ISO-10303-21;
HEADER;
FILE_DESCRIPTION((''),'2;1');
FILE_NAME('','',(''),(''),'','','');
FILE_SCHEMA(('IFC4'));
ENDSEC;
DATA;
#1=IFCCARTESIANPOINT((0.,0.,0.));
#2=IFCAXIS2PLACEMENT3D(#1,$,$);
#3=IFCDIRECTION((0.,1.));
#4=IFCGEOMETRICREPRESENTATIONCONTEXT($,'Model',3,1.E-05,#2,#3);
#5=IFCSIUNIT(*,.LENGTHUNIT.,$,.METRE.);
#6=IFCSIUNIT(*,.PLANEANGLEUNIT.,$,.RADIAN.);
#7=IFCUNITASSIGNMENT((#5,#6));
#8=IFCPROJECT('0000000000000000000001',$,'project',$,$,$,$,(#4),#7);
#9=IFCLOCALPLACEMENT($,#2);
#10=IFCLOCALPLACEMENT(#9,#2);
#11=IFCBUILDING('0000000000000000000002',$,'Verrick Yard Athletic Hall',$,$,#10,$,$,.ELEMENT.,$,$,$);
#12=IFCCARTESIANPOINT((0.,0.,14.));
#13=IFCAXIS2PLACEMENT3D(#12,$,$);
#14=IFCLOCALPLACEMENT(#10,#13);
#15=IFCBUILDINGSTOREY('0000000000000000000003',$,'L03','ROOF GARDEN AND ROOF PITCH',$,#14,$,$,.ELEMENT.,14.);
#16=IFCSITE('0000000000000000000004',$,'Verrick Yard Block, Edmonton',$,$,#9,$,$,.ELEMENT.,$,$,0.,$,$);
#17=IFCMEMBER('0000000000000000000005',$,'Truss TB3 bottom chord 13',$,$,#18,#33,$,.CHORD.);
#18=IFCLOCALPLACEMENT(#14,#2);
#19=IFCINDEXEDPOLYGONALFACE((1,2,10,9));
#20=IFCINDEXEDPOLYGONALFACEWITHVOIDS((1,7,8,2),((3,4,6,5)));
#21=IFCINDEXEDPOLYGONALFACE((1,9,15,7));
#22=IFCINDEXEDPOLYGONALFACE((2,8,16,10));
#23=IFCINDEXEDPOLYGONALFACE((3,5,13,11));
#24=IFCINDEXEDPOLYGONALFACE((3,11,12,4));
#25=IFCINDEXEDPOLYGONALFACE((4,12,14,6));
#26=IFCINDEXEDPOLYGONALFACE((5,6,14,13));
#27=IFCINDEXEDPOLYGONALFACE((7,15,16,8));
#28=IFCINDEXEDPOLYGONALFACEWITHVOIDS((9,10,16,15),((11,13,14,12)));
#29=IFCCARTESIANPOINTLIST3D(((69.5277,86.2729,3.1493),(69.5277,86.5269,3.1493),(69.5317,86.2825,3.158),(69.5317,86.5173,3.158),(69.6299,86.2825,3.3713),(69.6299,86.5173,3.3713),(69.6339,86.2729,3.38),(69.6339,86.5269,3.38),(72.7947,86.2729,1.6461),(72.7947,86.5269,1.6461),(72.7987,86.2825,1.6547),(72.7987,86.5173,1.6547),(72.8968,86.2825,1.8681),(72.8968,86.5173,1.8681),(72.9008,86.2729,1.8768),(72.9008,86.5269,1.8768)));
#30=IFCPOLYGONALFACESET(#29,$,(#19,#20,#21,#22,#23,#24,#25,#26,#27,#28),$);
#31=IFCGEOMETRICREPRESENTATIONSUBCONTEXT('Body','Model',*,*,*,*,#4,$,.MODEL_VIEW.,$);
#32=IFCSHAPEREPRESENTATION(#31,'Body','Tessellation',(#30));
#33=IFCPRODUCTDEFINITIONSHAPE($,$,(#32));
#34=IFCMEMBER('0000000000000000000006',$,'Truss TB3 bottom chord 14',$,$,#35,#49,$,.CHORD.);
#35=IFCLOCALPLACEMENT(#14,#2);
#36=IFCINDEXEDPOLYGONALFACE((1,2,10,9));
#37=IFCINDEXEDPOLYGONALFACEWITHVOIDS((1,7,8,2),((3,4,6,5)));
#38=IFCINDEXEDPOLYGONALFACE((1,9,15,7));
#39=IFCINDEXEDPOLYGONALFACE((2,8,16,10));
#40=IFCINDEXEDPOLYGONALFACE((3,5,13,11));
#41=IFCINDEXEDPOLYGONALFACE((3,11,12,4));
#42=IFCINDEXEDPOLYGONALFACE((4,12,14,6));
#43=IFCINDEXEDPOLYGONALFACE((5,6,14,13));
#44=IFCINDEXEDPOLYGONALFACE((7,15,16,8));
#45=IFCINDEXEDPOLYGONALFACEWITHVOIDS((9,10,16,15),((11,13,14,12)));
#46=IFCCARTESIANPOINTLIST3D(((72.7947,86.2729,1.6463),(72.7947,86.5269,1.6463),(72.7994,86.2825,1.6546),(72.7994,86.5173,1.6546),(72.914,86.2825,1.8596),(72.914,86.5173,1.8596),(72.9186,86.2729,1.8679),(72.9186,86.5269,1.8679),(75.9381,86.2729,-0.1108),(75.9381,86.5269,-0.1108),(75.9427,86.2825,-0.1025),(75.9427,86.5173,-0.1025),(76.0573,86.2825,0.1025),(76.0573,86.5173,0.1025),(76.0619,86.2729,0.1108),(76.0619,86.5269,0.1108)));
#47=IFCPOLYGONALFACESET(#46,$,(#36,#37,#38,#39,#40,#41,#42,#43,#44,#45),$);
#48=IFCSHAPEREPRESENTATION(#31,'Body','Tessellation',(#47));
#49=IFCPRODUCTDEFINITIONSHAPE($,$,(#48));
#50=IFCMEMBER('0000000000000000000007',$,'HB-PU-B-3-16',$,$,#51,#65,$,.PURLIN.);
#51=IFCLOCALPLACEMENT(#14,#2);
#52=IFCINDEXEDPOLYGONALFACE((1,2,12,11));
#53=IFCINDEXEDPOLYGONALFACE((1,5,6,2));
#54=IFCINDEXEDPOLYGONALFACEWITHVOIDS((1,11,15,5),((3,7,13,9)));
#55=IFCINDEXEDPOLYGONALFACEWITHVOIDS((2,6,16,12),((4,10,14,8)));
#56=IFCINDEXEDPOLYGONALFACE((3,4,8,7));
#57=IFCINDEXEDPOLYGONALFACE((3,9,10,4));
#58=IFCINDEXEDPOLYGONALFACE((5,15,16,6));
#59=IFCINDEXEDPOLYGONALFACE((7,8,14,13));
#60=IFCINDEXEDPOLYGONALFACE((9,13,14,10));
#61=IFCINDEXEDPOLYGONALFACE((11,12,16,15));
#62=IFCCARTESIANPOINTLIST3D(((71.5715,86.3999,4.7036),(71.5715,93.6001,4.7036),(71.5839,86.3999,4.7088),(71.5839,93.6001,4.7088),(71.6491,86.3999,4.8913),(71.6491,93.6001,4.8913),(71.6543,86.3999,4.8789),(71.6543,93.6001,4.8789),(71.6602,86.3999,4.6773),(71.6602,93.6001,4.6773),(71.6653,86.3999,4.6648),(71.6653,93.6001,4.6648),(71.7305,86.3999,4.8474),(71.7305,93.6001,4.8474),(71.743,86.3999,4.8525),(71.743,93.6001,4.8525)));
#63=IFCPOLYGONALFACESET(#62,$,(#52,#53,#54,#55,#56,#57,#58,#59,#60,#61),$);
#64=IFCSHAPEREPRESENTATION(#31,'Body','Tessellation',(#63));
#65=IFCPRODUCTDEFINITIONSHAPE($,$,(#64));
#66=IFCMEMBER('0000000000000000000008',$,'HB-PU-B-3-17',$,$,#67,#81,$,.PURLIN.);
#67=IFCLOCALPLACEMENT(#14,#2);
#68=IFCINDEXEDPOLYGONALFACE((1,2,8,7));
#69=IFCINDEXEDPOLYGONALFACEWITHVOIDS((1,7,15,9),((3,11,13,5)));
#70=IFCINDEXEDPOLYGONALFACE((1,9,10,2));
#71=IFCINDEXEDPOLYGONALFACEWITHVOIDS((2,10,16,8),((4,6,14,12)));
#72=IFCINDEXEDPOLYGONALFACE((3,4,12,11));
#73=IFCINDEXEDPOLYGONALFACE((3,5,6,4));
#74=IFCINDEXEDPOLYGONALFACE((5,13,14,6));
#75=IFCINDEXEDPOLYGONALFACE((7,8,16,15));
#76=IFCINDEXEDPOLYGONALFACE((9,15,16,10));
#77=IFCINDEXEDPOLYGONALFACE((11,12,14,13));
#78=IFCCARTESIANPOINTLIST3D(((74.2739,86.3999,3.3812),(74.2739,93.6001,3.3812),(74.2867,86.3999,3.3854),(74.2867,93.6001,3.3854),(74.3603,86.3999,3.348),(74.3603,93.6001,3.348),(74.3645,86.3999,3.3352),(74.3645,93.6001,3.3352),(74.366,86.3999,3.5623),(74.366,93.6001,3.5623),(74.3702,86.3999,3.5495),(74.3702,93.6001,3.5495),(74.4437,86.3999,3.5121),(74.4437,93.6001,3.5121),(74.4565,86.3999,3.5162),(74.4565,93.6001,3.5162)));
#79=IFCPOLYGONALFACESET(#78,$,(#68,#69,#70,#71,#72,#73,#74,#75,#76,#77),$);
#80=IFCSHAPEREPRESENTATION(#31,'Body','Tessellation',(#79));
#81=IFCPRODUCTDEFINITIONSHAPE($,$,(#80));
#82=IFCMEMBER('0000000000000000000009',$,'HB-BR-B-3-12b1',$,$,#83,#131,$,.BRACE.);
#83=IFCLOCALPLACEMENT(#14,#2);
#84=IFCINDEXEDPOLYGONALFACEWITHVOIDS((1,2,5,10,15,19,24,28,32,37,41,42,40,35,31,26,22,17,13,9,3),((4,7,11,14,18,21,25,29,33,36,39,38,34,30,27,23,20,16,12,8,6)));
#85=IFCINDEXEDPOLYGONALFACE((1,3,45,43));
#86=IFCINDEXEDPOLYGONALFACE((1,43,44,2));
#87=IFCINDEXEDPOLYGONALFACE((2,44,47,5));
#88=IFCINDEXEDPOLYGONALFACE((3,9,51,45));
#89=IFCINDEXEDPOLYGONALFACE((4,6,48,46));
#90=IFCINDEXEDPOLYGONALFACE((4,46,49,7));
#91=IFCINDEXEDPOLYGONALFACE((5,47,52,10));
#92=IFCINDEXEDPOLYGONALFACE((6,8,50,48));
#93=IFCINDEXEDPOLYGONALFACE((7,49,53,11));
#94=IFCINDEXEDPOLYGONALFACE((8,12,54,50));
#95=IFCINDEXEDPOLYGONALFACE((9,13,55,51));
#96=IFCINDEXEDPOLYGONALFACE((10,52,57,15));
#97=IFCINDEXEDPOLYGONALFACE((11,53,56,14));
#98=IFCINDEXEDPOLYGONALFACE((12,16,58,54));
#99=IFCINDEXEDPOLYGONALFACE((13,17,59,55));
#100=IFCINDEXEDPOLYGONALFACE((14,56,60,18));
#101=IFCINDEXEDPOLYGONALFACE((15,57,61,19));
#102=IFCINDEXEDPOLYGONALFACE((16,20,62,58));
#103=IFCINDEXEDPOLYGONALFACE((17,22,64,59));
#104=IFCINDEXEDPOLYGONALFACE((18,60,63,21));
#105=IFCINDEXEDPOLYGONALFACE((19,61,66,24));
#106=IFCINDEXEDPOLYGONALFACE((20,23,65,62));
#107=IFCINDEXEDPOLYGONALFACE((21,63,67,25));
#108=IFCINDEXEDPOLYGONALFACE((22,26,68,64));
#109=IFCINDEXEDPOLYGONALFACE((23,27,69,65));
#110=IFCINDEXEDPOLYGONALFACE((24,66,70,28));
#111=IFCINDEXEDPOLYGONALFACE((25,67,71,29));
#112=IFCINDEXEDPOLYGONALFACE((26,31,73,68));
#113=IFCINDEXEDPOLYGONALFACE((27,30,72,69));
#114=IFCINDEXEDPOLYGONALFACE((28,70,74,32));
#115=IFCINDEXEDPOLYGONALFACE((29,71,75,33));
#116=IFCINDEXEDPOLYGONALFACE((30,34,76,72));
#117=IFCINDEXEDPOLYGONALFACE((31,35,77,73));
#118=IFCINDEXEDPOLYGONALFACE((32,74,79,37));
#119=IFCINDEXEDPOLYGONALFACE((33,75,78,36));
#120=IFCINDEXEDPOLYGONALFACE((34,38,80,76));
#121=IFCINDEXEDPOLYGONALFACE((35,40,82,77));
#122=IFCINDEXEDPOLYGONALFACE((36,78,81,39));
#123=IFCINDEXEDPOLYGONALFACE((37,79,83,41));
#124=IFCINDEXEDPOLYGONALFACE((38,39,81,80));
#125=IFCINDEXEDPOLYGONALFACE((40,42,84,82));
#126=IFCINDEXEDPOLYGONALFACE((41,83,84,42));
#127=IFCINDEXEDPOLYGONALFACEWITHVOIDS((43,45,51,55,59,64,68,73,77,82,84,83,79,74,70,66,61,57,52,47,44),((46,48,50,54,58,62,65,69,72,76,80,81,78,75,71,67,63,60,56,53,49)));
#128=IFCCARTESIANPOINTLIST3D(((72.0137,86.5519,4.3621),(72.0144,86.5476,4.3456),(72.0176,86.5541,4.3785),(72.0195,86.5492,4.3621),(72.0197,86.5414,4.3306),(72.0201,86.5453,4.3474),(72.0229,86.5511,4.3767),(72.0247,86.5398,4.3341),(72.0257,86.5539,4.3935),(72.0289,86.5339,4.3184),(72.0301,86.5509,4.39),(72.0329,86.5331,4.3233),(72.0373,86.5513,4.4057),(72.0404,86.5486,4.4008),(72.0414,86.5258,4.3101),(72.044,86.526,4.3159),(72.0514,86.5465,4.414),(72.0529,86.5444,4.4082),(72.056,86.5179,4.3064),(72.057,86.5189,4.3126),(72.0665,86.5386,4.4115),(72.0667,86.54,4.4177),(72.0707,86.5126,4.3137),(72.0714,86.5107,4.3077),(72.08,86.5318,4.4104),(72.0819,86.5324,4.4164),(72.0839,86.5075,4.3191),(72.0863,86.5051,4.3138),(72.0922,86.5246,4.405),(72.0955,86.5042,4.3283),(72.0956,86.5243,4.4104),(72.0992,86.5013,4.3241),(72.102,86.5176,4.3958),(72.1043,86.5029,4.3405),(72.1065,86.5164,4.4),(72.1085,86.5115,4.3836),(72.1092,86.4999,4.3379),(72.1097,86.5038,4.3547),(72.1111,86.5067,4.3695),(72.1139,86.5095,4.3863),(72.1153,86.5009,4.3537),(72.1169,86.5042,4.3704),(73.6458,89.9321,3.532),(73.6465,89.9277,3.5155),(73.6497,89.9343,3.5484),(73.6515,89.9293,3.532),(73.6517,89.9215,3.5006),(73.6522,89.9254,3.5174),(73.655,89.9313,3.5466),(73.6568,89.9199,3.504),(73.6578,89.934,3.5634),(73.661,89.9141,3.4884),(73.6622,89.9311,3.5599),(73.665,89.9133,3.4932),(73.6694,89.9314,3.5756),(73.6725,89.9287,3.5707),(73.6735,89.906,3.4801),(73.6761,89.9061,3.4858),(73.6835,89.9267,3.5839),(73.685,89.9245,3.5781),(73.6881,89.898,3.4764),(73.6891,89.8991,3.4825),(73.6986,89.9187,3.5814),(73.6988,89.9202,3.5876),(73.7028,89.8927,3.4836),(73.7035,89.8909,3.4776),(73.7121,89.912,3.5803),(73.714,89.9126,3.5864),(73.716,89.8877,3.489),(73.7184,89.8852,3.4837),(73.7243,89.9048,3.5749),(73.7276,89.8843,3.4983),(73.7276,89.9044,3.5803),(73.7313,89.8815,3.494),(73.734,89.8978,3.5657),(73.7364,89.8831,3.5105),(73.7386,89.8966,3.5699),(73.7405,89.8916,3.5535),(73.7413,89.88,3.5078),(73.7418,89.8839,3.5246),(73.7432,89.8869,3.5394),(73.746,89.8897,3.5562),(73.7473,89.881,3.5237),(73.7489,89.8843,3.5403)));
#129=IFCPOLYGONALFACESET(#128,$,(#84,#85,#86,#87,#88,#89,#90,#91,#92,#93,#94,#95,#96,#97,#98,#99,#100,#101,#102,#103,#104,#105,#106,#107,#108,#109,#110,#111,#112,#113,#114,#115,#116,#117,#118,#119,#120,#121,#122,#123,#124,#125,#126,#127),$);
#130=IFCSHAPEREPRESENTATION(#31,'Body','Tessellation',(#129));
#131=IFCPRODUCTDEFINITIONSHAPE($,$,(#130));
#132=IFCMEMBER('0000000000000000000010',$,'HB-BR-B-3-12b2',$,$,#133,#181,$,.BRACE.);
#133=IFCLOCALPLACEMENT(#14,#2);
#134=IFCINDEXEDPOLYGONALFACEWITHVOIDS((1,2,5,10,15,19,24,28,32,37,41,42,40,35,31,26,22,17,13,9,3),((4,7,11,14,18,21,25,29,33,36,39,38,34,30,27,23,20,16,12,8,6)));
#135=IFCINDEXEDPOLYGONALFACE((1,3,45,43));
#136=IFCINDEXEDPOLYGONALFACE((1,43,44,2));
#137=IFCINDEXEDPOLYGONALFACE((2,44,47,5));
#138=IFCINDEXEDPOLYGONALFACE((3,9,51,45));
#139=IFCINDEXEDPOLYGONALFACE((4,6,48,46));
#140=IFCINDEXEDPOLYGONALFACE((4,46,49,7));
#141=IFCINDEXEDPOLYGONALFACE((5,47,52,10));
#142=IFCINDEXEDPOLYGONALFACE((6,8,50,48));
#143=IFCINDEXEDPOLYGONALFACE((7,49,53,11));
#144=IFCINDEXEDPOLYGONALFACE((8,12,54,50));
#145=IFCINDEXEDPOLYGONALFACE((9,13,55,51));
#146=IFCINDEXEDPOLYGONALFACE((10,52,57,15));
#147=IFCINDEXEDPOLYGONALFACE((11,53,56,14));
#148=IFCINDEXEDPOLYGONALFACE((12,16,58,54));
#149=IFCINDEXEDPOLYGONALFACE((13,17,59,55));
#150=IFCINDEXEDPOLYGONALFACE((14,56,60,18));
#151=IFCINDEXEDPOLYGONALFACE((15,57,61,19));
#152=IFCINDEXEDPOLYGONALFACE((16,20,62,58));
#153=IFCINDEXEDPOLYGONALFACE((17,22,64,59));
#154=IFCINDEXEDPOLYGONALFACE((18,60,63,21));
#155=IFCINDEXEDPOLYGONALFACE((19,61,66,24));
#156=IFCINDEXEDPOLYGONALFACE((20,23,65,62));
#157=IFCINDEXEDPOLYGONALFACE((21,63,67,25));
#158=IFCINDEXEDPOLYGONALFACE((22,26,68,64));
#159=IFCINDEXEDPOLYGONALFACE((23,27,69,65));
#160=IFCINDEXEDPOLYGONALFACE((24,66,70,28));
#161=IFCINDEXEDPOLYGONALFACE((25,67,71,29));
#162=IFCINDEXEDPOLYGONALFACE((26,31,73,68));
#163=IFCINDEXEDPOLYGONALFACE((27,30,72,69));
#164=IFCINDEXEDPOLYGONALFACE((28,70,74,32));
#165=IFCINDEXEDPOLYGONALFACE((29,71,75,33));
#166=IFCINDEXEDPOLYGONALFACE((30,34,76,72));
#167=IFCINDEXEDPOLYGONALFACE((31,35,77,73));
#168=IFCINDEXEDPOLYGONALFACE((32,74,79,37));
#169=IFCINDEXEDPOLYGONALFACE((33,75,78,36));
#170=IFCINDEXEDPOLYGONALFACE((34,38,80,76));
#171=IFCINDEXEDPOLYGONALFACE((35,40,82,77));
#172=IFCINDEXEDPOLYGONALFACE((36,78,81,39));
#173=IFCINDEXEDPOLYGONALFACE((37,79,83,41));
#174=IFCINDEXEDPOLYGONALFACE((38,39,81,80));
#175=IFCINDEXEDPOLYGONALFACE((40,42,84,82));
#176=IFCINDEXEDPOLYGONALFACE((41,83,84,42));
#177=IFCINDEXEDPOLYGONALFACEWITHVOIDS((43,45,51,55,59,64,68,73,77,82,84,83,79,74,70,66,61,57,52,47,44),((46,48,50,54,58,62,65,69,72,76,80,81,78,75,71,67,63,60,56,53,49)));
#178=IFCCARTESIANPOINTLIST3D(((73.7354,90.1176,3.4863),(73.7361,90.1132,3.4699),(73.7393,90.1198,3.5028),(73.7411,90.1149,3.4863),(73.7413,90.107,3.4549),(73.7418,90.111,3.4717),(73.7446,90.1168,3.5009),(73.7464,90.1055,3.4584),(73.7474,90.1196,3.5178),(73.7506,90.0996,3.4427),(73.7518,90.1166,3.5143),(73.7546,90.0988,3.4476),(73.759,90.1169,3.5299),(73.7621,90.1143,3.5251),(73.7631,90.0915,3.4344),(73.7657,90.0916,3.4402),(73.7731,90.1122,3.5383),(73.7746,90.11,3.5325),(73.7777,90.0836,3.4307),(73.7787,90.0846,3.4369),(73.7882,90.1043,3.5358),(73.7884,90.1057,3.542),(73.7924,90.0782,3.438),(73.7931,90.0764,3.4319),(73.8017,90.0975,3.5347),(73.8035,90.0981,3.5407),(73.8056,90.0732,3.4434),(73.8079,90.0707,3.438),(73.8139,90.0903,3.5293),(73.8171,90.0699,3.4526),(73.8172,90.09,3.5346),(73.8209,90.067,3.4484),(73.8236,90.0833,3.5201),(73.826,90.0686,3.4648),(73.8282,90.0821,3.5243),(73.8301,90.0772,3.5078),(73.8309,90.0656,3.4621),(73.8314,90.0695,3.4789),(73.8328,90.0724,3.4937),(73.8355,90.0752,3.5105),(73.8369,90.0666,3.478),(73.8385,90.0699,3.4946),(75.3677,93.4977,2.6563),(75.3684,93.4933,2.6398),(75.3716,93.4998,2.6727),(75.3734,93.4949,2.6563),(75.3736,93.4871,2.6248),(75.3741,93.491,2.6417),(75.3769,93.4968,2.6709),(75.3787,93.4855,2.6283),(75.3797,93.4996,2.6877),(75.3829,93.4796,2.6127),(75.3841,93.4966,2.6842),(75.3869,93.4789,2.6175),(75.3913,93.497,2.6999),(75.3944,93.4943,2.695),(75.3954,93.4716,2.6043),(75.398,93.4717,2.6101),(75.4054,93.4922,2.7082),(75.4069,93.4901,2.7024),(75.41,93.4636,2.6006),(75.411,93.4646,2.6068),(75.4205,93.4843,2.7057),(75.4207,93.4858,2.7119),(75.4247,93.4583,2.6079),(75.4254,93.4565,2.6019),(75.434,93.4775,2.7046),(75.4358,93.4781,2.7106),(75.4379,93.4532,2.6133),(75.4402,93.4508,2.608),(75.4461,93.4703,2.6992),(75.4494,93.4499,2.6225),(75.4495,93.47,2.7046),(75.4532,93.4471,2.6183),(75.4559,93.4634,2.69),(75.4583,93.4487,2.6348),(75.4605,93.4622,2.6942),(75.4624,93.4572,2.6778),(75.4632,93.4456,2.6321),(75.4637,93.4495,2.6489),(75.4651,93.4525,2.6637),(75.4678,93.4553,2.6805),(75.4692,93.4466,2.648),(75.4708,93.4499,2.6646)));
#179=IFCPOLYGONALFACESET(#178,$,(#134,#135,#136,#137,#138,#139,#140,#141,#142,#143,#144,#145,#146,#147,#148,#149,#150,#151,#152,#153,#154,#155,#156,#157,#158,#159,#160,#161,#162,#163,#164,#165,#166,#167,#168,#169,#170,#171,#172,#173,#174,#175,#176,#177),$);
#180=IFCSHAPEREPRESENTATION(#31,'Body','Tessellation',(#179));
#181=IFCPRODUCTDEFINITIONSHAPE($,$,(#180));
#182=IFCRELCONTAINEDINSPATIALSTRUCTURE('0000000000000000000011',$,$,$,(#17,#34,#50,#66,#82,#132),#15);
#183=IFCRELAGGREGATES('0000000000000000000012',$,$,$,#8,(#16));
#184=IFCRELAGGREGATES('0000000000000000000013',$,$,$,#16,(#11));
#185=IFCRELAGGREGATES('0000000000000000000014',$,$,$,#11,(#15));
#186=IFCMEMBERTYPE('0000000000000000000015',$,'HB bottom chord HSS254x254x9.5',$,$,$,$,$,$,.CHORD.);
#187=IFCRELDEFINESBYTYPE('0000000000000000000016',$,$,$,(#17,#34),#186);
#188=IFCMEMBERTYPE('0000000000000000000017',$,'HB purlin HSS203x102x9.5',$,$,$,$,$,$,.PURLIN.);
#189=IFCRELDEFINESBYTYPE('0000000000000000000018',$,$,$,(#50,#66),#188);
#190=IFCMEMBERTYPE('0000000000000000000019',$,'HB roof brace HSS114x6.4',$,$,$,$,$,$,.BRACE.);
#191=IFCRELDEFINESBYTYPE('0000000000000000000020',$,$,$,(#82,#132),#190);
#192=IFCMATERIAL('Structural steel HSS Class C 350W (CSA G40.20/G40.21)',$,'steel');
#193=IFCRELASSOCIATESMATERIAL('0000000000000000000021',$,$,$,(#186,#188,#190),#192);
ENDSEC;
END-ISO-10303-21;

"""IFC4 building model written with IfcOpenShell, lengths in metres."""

from ifc_helpers import new_model, si_unit, direction, frame, origin, origin_2d, place, context, subcontext, project, spatial, hollow_rectangle, hollow_circle, extrude, material, material_profile, profile_set, type_object, element, save


model = new_model("IFC4")

# Units and contexts
model_context = context("Model", 3, precision=1e-05, world=origin(), true_north=direction((0.0, 1.0)))
body_context = subcontext(model_context, "Body", "Model", "MODEL_VIEW")
ifc_project = project(units=[si_unit("LENGTHUNIT", "METRE"), si_unit("PLANEANGLEUNIT", "RADIAN")], contexts=[model_context])

# Site, building, storey
site_placement = place(None, origin())
site = spatial("IfcSite", under=ifc_project, at=site_placement, Name="Verrick Yard Block, Edmonton", CompositionType="ELEMENT", RefElevation=0.0)
building_placement = place(site_placement, origin())
building = spatial("IfcBuilding", under=site, at=building_placement, Name="Verrick Yard Athletic Hall", CompositionType="ELEMENT")
storey_placement = place(building_placement, frame((0.0, 0.0, 14.0)))
storey = spatial("IfcBuildingStorey", under=building, at=storey_placement, Name="L03", Description="ROOF GARDEN AND ROOF PITCH", CompositionType="ELEMENT", Elevation=14.0)

# Members
ifc_material_1 = material(Name="Structural steel HSS Class C 350W (CSA G40.20/G40.21)", Category="steel")
ifc_material_profile_1 = material_profile(ifc_material_1, hollow_rectangle(XDim=0.2539, YDim=0.2539, WallThickness=0.0095, at=origin_2d()), Name="HSS254x254x9.5")
ifc_profile_set_1 = profile_set([ifc_material_profile_1], Name="Structural steel HSS Class C 350W (CSA G40.20/G40.21)")
member_type_1 = type_object("IfcMemberType", Name="HB bottom chord HSS254x254x9.5", PredefinedType="CHORD", material=ifc_profile_set_1)
member_1_placement = place(storey_placement, frame((69.5808, 86.3999, 3.2646), z_axis=(0.908446, 0.0, -0.418003), x_axis=(0.0, 1.0, 0.0)))
element("IfcMember", 1, at=member_1_placement, inside=storey, type_object=member_type_1, Name="Truss TB3 bottom chord 13", PredefinedType="CHORD", context=body_context, shape_type="SweptSolid", body=[
    extrude(hollow_rectangle(XDim=0.2539, YDim=0.2539, WallThickness=0.0095, at=origin_2d()), origin(), (0.0, 0.0, 1.0), 3.5962),
])
member_2_placement = place(storey_placement, frame((72.8567, 86.3999, 1.7571), z_axis=(0.872881, 0.0, -0.487932), x_axis=(0.0, 1.0, 0.0)))
element("IfcMember", 2, at=member_2_placement, inside=storey, type_object=member_type_1, Name="Truss TB3 bottom chord 14", PredefinedType="CHORD", context=body_context, shape_type="SweptSolid", body=[
    extrude(hollow_rectangle(XDim=0.2539, YDim=0.2539, WallThickness=0.0095, at=origin_2d()), origin(), (0.0, 0.0, 1.0), 3.6011),
])
ifc_material_profile_2 = material_profile(ifc_material_1, hollow_rectangle(XDim=0.1016, YDim=0.2031, WallThickness=0.0095, at=origin_2d()), Name="HSS203x102x9.5")
ifc_profile_set_2 = profile_set([ifc_material_profile_2], Name="Structural steel HSS Class C 350W (CSA G40.20/G40.21)")
member_type_2 = type_object("IfcMemberType", Name="HB purlin HSS203x102x9.5", PredefinedType="PURLIN", material=ifc_profile_set_2)
for number, where, z_axis, x_axis, name in (
    (3, (71.6572, 86.3999, 4.7781), (0.0, 1.0, 0.0), (-0.924123, 0.0, 0.382096), "HB-PU-B-3-16"),
    (4, (74.3652, 86.3999, 3.4487), (0.0, 1.0, 0.0), (-0.891353, 0.0, 0.45331), "HB-PU-B-3-17"),
):
    element("IfcMember", number, at=place(storey_placement, frame(where, z_axis=z_axis, x_axis=x_axis)), inside=storey, type_object=member_type_2, Name=name, PredefinedType="PURLIN", context=body_context, shape_type="SweptSolid", body=[
        extrude(hollow_rectangle(XDim=0.1016, YDim=0.2031, WallThickness=0.0095, at=origin_2d()), origin(), (0.0, 0.0, 1.0), 7.2002),
    ])
ifc_material_profile_3 = material_profile(ifc_material_1, hollow_circle(Radius=0.0571, WallThickness=0.0063, at=origin_2d()), Name="HSS114x6.4")
ifc_profile_set_3 = profile_set([ifc_material_profile_3], Name="Structural steel HSS Class C 350W (CSA G40.20/G40.21)")
member_type_3 = type_object("IfcMemberType", Name="HB roof brace HSS114x6.4", PredefinedType="BRACE", material=ifc_profile_set_3)
for number, where, z_axis, x_axis, name in (
    (5, (72.0652, 86.5271, 4.3621), (0.424555, 0.879277, -0.215929), (-0.900521, 0.434813, 0.0), "HB-BR-B-3-12b1"),
    (6, (73.7869, 90.0928, 3.4863), (0.424607, 0.879253, -0.215923), (-0.900495, 0.434865, 0.0), "HB-BR-B-3-12b2"),
):
    element("IfcMember", number, at=place(storey_placement, frame(where, z_axis=z_axis, x_axis=x_axis)), inside=storey, type_object=member_type_3, Name=name, PredefinedType="BRACE", context=body_context, shape_type="SweptSolid", body=[
        extrude(hollow_circle(Radius=0.0571, WallThickness=0.0063, at=origin_2d()), origin(), (0.0, 0.0, 1.0), 3.8442),
    ])

save(model, "model.ifc")
